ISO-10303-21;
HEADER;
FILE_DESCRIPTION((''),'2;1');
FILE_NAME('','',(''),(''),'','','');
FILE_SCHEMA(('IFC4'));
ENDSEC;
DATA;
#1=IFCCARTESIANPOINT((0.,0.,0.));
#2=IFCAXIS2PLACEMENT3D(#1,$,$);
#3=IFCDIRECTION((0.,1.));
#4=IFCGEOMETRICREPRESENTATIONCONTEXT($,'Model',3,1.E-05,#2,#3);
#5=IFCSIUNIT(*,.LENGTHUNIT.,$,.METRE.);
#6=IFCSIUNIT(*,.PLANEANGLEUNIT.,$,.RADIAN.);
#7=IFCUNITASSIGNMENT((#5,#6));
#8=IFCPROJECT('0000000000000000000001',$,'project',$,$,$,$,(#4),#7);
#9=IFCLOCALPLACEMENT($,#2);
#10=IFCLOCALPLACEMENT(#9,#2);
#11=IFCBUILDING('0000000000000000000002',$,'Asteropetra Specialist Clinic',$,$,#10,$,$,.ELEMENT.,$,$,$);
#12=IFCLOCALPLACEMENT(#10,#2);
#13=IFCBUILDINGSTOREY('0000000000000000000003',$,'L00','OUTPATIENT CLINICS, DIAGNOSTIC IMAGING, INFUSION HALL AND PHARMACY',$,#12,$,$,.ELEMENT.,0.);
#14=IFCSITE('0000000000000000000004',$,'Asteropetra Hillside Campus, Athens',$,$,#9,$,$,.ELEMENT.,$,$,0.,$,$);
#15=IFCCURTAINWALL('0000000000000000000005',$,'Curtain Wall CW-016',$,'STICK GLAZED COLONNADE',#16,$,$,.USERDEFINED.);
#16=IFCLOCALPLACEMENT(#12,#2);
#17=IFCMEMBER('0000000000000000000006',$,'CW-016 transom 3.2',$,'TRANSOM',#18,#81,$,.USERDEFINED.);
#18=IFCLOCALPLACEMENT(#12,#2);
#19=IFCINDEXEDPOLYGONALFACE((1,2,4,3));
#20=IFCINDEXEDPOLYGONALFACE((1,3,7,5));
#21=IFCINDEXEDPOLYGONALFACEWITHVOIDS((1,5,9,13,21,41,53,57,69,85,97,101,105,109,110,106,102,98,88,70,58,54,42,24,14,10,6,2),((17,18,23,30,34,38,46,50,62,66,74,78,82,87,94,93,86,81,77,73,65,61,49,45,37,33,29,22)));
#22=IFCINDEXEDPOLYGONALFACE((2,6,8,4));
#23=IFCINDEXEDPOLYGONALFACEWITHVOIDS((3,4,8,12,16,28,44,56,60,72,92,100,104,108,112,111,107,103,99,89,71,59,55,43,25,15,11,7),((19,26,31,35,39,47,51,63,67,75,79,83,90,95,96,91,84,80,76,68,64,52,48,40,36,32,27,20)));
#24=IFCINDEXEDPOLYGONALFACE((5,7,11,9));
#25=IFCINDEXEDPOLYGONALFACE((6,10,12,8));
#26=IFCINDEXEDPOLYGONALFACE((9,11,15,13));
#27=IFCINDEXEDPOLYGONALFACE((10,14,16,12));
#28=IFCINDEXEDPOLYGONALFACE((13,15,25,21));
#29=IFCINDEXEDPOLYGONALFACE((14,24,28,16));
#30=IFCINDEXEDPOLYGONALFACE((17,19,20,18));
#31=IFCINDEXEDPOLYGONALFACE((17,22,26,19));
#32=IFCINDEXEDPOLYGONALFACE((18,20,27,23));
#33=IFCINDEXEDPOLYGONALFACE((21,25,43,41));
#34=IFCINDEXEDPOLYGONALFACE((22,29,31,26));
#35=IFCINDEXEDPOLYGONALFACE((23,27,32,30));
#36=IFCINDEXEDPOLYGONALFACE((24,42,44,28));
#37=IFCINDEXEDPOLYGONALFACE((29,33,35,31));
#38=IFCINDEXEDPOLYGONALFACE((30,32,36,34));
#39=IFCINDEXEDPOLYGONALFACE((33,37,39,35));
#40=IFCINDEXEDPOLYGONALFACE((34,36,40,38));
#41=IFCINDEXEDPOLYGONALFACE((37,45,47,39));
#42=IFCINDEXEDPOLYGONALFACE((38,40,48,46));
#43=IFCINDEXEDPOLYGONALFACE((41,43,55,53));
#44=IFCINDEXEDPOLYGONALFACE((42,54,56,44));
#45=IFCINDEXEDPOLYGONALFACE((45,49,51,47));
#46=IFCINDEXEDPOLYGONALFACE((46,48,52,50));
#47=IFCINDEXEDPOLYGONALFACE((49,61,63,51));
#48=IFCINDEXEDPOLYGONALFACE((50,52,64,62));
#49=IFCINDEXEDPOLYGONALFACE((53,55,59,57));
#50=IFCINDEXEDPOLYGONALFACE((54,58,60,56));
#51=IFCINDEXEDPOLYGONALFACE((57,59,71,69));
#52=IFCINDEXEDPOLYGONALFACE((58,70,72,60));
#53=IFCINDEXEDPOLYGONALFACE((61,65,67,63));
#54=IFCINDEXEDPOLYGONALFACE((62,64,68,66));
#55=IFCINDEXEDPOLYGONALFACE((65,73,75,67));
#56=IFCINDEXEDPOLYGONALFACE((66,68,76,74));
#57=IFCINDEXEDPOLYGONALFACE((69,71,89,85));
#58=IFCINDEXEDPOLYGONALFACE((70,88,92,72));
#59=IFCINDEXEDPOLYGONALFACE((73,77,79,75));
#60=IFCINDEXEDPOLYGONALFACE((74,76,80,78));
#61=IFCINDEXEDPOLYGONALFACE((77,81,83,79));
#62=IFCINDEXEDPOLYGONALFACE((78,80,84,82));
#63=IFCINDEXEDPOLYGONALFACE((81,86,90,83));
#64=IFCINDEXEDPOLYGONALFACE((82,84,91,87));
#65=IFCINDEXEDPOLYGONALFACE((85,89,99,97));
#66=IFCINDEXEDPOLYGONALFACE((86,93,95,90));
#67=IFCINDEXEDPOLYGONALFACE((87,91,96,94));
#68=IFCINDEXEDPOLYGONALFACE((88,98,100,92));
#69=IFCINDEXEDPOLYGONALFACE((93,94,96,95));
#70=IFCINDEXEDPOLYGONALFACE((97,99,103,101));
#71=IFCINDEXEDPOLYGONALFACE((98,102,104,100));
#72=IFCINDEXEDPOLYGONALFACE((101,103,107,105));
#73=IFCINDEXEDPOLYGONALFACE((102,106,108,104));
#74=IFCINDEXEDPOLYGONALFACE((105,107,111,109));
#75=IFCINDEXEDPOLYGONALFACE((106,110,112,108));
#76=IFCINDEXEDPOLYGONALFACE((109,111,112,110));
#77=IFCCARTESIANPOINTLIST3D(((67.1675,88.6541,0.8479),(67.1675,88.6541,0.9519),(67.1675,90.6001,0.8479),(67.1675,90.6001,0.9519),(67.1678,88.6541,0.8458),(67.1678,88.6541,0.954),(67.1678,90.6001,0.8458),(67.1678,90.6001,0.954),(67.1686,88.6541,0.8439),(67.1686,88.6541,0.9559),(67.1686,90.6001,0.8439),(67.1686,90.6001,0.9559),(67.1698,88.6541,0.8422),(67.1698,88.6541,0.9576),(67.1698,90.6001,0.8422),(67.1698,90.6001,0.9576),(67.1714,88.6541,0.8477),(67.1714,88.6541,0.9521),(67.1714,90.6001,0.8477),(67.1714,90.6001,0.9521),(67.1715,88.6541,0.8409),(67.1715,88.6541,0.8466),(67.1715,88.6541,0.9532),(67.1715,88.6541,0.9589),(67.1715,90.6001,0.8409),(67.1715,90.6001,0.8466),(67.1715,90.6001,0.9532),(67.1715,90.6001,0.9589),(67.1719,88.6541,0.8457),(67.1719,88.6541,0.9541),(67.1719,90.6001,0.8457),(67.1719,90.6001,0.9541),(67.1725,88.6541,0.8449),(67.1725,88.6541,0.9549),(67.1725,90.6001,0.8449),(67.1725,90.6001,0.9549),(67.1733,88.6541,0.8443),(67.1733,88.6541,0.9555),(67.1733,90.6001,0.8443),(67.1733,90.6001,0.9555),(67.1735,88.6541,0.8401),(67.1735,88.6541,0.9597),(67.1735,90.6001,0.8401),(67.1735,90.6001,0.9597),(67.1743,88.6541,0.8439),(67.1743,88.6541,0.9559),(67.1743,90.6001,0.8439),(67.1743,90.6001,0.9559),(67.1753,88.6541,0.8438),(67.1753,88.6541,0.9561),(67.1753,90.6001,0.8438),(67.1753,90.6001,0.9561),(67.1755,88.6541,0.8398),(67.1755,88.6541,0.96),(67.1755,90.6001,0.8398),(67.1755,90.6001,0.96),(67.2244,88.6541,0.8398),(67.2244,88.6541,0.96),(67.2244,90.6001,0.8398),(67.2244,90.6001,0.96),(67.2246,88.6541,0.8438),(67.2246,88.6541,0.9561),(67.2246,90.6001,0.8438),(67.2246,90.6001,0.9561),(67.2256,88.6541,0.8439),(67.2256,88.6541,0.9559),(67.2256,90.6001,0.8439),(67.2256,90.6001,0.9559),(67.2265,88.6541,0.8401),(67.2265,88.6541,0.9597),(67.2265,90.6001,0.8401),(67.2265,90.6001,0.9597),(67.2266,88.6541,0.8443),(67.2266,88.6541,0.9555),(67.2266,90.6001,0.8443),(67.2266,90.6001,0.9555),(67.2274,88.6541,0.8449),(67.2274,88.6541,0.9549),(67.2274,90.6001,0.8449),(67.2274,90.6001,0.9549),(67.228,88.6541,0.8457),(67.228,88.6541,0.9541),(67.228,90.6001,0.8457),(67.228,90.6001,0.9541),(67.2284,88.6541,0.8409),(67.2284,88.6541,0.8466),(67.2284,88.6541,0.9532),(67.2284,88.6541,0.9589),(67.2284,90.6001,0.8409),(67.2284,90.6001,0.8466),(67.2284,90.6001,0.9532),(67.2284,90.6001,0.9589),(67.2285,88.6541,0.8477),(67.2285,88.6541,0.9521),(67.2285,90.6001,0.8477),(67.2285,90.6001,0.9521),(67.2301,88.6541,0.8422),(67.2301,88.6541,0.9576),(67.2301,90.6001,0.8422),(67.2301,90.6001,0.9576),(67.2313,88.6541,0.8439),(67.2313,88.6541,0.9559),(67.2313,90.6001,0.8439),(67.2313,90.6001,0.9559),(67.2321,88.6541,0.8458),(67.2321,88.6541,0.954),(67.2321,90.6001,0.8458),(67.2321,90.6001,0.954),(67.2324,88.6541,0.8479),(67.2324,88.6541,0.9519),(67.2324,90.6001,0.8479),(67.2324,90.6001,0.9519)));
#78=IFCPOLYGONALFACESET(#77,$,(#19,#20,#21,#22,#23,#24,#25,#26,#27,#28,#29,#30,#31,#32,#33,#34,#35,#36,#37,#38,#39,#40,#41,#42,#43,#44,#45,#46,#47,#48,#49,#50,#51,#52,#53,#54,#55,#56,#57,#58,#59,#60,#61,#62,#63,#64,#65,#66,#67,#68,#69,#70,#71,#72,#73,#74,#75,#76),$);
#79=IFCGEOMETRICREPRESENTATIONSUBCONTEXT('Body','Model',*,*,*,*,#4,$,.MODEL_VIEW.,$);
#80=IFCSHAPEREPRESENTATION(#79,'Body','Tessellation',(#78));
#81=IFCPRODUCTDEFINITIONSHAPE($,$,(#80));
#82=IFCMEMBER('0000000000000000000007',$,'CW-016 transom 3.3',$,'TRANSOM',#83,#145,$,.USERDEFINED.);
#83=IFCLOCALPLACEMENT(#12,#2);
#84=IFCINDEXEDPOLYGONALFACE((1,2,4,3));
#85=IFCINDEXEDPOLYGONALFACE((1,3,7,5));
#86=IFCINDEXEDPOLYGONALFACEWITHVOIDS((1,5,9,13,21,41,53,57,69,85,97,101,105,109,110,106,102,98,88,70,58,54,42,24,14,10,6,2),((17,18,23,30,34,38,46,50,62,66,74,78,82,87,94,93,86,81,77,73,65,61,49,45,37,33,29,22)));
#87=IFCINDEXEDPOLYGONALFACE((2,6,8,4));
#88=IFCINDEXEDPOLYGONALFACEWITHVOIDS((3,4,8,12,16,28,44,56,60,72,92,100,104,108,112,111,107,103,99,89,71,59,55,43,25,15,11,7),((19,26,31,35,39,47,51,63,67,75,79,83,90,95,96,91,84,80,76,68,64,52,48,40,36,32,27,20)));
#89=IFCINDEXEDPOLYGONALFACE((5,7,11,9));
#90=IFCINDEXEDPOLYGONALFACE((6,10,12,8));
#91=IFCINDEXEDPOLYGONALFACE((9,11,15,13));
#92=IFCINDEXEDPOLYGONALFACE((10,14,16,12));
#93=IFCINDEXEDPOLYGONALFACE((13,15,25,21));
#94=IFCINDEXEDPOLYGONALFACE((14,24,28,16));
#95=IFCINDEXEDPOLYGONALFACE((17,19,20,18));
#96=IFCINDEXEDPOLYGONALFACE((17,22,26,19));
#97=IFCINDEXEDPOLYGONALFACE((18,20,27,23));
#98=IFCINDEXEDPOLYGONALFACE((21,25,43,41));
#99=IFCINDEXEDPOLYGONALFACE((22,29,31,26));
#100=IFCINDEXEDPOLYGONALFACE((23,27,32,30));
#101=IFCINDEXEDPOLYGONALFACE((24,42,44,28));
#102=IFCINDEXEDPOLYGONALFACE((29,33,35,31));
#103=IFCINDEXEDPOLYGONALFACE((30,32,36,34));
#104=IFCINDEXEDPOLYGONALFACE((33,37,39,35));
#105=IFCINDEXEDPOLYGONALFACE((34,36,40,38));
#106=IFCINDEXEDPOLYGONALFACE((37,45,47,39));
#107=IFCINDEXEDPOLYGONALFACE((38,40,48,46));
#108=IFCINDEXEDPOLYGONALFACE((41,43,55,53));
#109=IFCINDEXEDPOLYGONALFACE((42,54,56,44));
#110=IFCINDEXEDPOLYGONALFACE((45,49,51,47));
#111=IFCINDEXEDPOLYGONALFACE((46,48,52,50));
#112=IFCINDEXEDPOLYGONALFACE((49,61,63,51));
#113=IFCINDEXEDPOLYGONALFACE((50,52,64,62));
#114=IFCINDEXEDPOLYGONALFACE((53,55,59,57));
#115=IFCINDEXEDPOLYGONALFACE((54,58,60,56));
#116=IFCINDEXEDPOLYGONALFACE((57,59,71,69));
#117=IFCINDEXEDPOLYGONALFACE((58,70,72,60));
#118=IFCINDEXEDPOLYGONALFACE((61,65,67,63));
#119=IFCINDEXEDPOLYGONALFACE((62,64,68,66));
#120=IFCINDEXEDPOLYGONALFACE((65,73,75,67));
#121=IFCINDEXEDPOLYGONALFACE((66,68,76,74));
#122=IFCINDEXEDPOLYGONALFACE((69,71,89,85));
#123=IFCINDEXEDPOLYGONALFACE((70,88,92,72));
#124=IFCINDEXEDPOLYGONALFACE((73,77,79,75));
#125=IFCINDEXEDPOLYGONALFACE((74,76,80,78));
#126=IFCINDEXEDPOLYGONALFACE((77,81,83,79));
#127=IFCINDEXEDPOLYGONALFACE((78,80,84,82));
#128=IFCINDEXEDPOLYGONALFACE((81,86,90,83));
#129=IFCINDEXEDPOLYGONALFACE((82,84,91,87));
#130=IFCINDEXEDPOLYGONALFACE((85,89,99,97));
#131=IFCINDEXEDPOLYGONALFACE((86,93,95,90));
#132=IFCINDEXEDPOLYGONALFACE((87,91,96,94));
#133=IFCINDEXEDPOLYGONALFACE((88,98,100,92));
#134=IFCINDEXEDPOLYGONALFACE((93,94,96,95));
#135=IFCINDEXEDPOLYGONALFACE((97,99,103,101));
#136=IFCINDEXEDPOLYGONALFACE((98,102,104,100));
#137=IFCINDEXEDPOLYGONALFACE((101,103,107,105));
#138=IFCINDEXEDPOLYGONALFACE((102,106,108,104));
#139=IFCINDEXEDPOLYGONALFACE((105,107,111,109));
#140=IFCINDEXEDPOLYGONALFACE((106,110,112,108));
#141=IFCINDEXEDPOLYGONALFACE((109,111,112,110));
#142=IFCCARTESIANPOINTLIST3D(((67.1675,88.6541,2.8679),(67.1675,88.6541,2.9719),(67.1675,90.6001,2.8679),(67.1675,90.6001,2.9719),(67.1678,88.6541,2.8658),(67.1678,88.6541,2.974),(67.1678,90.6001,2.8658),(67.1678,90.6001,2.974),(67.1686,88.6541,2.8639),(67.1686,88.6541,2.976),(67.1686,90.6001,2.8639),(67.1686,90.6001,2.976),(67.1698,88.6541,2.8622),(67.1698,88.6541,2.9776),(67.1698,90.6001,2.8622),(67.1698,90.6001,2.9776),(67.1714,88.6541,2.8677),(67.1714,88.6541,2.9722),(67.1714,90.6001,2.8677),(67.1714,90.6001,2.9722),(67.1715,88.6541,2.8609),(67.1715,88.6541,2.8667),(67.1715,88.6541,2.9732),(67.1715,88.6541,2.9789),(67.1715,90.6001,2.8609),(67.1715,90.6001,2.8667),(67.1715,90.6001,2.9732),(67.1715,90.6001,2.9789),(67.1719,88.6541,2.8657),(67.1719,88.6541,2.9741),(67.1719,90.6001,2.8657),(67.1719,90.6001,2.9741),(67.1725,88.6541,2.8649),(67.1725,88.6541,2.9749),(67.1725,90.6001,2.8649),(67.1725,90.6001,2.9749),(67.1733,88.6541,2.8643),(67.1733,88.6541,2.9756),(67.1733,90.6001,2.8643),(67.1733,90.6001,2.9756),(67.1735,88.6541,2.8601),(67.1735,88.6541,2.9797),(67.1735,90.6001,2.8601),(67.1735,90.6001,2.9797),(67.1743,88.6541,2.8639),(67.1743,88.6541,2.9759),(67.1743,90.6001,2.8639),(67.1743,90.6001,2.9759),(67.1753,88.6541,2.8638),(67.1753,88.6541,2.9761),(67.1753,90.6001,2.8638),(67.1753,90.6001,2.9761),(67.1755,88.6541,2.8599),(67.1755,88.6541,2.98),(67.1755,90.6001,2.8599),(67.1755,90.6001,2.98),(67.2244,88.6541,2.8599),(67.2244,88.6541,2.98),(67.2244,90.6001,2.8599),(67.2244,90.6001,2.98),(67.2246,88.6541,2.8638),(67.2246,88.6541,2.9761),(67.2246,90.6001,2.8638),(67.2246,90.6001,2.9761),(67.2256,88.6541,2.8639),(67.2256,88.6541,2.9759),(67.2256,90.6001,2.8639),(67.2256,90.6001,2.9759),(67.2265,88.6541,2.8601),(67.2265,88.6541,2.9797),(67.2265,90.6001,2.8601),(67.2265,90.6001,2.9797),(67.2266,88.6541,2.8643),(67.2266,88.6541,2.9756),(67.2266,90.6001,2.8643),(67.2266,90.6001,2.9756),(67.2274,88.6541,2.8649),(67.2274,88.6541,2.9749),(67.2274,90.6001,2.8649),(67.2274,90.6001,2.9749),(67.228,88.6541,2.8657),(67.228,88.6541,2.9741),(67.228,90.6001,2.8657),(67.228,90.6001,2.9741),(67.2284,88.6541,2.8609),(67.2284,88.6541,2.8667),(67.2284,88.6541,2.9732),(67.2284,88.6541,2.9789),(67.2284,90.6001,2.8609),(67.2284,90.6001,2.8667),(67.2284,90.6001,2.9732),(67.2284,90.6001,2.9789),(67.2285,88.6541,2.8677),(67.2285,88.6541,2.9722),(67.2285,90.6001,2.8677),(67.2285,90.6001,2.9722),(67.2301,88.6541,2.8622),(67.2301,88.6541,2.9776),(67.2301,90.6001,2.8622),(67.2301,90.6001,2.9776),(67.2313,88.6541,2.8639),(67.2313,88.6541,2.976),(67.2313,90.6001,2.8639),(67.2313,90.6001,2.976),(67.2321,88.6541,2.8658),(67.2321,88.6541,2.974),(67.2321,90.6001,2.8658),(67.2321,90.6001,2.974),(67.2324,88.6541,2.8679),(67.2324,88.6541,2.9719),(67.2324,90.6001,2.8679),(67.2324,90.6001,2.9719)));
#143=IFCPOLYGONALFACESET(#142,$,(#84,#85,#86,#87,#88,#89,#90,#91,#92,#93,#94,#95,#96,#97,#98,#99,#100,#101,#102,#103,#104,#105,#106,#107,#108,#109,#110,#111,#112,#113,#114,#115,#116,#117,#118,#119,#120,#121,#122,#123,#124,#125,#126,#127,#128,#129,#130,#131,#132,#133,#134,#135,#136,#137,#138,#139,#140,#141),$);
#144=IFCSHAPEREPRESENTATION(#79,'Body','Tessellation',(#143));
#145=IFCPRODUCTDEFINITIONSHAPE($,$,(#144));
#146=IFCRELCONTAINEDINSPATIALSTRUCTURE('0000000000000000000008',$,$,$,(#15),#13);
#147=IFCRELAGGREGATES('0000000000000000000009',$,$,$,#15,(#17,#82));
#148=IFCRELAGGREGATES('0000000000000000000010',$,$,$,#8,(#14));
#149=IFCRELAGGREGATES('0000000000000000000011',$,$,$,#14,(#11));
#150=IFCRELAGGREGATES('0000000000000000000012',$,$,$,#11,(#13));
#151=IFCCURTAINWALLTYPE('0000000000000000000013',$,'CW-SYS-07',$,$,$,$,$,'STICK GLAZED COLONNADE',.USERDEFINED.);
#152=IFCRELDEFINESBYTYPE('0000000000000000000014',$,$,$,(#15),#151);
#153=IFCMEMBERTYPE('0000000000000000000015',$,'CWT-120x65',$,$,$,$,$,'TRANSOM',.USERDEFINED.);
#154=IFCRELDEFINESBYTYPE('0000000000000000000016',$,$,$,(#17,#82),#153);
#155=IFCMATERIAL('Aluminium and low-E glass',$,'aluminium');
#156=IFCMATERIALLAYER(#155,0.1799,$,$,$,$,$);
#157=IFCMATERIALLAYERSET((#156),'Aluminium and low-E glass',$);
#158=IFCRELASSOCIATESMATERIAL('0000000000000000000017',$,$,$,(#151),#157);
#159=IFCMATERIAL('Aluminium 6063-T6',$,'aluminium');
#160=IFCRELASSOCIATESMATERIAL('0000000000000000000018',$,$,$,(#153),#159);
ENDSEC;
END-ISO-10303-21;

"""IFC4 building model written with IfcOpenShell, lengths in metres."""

from ifc_helpers import new_model, si_unit, direction, frame, origin, origin_2d, place, context, subcontext, project, spatial, hollow_rectangle, extrude, material, layer, layer_set, material_profile, profile_set, type_object, element, aggregate, save


model = new_model("IFC4")

# Units and contexts
model_context = context("Model", 3, precision=1e-05, world=origin(), true_north=direction((0.0, 1.0)))
body_context = subcontext(model_context, "Body", "Model", "MODEL_VIEW")
ifc_project = project(units=[si_unit("LENGTHUNIT", "METRE"), si_unit("PLANEANGLEUNIT", "RADIAN")], contexts=[model_context])

# Site, building, storey
site_placement = place(None, origin())
site = spatial("IfcSite", under=ifc_project, at=site_placement, Name="Asteropetra Hillside Campus, Athens", CompositionType="ELEMENT", RefElevation=0.0)
building_placement = place(site_placement, origin())
building = spatial("IfcBuilding", under=site, at=building_placement, Name="Asteropetra Specialist Clinic", CompositionType="ELEMENT")
storey_placement = place(building_placement, origin())
storey = spatial("IfcBuildingStorey", under=building, at=storey_placement, Name="L00", Description="OUTPATIENT CLINICS, DIAGNOSTIC IMAGING, INFUSION HALL AND PHARMACY", CompositionType="ELEMENT", Elevation=0.0)

# Curtain wall
ifc_material_1 = material(Name="Aluminium and low-E glass", Category="aluminium")
ifc_layer_1 = layer(ifc_material_1, 0.1799)
ifc_layer_set_1 = layer_set([ifc_layer_1], Name="Aluminium and low-E glass")
curtain_wall_type_1 = type_object("IfcCurtainWallType", Name="CW-SYS-07", ElementType="STICK GLAZED COLONNADE", PredefinedType="USERDEFINED", material=ifc_layer_set_1)
curtain_wall_1_placement = place(storey_placement, origin())
curtain_wall_1 = element("IfcCurtainWall", 1, at=curtain_wall_1_placement, inside=storey, type_object=curtain_wall_type_1, Name="Curtain Wall CW-016", ObjectType="STICK GLAZED COLONNADE", PredefinedType="USERDEFINED")

# Members
ifc_material_2 = material(Name="Aluminium 6063-T6", Category="aluminium")
ifc_material_profile_1 = material_profile(ifc_material_2, hollow_rectangle(XDim=0.0649, YDim=0.1201, WallThickness=0.0039, InnerFilletRadius=0.0039, OuterFilletRadius=0.0081, at=origin_2d()), Name="TRN 120x65x4.0")
ifc_profile_set_1 = profile_set([ifc_material_profile_1], Name="Aluminium 6063-T6")
member_type_1 = type_object("IfcMemberType", Name="CWT-120x65", ElementType="TRANSOM", PredefinedType="USERDEFINED", material=ifc_profile_set_1)
member_1_placement = place(storey_placement, frame((67.2, 88.6541, 0.8999), z_axis=(0.0, 1.0, 0.0), x_axis=(-1.0, 0.0, 0.0)))
member_1 = element("IfcMember", 2, at=member_1_placement, type_object=member_type_1, Name="CW-016 transom 3.2", ObjectType="TRANSOM", PredefinedType="USERDEFINED", context=body_context, shape_type="SweptSolid", body=[
    extrude(hollow_rectangle(XDim=0.0649, YDim=0.1201, WallThickness=0.0039, InnerFilletRadius=0.0039, OuterFilletRadius=0.0081, at=origin_2d()), origin(), (0.0, 0.0, 1.0), 1.946),
])
member_2_placement = place(storey_placement, frame((67.2, 88.6541, 2.9199), z_axis=(0.0, 1.0, 0.0), x_axis=(-1.0, 0.0, 0.0)))
member_2 = element("IfcMember", 3, at=member_2_placement, type_object=member_type_1, Name="CW-016 transom 3.3", ObjectType="TRANSOM", PredefinedType="USERDEFINED", context=body_context, shape_type="SweptSolid", body=[
    extrude(hollow_rectangle(XDim=0.0649, YDim=0.1201, WallThickness=0.0039, InnerFilletRadius=0.0039, OuterFilletRadius=0.0081, at=origin_2d()), origin(), (0.0, 0.0, 1.0), 1.946),
])

aggregate(curtain_wall_1, [member_1, member_2])

save(model, "model.ifc")
